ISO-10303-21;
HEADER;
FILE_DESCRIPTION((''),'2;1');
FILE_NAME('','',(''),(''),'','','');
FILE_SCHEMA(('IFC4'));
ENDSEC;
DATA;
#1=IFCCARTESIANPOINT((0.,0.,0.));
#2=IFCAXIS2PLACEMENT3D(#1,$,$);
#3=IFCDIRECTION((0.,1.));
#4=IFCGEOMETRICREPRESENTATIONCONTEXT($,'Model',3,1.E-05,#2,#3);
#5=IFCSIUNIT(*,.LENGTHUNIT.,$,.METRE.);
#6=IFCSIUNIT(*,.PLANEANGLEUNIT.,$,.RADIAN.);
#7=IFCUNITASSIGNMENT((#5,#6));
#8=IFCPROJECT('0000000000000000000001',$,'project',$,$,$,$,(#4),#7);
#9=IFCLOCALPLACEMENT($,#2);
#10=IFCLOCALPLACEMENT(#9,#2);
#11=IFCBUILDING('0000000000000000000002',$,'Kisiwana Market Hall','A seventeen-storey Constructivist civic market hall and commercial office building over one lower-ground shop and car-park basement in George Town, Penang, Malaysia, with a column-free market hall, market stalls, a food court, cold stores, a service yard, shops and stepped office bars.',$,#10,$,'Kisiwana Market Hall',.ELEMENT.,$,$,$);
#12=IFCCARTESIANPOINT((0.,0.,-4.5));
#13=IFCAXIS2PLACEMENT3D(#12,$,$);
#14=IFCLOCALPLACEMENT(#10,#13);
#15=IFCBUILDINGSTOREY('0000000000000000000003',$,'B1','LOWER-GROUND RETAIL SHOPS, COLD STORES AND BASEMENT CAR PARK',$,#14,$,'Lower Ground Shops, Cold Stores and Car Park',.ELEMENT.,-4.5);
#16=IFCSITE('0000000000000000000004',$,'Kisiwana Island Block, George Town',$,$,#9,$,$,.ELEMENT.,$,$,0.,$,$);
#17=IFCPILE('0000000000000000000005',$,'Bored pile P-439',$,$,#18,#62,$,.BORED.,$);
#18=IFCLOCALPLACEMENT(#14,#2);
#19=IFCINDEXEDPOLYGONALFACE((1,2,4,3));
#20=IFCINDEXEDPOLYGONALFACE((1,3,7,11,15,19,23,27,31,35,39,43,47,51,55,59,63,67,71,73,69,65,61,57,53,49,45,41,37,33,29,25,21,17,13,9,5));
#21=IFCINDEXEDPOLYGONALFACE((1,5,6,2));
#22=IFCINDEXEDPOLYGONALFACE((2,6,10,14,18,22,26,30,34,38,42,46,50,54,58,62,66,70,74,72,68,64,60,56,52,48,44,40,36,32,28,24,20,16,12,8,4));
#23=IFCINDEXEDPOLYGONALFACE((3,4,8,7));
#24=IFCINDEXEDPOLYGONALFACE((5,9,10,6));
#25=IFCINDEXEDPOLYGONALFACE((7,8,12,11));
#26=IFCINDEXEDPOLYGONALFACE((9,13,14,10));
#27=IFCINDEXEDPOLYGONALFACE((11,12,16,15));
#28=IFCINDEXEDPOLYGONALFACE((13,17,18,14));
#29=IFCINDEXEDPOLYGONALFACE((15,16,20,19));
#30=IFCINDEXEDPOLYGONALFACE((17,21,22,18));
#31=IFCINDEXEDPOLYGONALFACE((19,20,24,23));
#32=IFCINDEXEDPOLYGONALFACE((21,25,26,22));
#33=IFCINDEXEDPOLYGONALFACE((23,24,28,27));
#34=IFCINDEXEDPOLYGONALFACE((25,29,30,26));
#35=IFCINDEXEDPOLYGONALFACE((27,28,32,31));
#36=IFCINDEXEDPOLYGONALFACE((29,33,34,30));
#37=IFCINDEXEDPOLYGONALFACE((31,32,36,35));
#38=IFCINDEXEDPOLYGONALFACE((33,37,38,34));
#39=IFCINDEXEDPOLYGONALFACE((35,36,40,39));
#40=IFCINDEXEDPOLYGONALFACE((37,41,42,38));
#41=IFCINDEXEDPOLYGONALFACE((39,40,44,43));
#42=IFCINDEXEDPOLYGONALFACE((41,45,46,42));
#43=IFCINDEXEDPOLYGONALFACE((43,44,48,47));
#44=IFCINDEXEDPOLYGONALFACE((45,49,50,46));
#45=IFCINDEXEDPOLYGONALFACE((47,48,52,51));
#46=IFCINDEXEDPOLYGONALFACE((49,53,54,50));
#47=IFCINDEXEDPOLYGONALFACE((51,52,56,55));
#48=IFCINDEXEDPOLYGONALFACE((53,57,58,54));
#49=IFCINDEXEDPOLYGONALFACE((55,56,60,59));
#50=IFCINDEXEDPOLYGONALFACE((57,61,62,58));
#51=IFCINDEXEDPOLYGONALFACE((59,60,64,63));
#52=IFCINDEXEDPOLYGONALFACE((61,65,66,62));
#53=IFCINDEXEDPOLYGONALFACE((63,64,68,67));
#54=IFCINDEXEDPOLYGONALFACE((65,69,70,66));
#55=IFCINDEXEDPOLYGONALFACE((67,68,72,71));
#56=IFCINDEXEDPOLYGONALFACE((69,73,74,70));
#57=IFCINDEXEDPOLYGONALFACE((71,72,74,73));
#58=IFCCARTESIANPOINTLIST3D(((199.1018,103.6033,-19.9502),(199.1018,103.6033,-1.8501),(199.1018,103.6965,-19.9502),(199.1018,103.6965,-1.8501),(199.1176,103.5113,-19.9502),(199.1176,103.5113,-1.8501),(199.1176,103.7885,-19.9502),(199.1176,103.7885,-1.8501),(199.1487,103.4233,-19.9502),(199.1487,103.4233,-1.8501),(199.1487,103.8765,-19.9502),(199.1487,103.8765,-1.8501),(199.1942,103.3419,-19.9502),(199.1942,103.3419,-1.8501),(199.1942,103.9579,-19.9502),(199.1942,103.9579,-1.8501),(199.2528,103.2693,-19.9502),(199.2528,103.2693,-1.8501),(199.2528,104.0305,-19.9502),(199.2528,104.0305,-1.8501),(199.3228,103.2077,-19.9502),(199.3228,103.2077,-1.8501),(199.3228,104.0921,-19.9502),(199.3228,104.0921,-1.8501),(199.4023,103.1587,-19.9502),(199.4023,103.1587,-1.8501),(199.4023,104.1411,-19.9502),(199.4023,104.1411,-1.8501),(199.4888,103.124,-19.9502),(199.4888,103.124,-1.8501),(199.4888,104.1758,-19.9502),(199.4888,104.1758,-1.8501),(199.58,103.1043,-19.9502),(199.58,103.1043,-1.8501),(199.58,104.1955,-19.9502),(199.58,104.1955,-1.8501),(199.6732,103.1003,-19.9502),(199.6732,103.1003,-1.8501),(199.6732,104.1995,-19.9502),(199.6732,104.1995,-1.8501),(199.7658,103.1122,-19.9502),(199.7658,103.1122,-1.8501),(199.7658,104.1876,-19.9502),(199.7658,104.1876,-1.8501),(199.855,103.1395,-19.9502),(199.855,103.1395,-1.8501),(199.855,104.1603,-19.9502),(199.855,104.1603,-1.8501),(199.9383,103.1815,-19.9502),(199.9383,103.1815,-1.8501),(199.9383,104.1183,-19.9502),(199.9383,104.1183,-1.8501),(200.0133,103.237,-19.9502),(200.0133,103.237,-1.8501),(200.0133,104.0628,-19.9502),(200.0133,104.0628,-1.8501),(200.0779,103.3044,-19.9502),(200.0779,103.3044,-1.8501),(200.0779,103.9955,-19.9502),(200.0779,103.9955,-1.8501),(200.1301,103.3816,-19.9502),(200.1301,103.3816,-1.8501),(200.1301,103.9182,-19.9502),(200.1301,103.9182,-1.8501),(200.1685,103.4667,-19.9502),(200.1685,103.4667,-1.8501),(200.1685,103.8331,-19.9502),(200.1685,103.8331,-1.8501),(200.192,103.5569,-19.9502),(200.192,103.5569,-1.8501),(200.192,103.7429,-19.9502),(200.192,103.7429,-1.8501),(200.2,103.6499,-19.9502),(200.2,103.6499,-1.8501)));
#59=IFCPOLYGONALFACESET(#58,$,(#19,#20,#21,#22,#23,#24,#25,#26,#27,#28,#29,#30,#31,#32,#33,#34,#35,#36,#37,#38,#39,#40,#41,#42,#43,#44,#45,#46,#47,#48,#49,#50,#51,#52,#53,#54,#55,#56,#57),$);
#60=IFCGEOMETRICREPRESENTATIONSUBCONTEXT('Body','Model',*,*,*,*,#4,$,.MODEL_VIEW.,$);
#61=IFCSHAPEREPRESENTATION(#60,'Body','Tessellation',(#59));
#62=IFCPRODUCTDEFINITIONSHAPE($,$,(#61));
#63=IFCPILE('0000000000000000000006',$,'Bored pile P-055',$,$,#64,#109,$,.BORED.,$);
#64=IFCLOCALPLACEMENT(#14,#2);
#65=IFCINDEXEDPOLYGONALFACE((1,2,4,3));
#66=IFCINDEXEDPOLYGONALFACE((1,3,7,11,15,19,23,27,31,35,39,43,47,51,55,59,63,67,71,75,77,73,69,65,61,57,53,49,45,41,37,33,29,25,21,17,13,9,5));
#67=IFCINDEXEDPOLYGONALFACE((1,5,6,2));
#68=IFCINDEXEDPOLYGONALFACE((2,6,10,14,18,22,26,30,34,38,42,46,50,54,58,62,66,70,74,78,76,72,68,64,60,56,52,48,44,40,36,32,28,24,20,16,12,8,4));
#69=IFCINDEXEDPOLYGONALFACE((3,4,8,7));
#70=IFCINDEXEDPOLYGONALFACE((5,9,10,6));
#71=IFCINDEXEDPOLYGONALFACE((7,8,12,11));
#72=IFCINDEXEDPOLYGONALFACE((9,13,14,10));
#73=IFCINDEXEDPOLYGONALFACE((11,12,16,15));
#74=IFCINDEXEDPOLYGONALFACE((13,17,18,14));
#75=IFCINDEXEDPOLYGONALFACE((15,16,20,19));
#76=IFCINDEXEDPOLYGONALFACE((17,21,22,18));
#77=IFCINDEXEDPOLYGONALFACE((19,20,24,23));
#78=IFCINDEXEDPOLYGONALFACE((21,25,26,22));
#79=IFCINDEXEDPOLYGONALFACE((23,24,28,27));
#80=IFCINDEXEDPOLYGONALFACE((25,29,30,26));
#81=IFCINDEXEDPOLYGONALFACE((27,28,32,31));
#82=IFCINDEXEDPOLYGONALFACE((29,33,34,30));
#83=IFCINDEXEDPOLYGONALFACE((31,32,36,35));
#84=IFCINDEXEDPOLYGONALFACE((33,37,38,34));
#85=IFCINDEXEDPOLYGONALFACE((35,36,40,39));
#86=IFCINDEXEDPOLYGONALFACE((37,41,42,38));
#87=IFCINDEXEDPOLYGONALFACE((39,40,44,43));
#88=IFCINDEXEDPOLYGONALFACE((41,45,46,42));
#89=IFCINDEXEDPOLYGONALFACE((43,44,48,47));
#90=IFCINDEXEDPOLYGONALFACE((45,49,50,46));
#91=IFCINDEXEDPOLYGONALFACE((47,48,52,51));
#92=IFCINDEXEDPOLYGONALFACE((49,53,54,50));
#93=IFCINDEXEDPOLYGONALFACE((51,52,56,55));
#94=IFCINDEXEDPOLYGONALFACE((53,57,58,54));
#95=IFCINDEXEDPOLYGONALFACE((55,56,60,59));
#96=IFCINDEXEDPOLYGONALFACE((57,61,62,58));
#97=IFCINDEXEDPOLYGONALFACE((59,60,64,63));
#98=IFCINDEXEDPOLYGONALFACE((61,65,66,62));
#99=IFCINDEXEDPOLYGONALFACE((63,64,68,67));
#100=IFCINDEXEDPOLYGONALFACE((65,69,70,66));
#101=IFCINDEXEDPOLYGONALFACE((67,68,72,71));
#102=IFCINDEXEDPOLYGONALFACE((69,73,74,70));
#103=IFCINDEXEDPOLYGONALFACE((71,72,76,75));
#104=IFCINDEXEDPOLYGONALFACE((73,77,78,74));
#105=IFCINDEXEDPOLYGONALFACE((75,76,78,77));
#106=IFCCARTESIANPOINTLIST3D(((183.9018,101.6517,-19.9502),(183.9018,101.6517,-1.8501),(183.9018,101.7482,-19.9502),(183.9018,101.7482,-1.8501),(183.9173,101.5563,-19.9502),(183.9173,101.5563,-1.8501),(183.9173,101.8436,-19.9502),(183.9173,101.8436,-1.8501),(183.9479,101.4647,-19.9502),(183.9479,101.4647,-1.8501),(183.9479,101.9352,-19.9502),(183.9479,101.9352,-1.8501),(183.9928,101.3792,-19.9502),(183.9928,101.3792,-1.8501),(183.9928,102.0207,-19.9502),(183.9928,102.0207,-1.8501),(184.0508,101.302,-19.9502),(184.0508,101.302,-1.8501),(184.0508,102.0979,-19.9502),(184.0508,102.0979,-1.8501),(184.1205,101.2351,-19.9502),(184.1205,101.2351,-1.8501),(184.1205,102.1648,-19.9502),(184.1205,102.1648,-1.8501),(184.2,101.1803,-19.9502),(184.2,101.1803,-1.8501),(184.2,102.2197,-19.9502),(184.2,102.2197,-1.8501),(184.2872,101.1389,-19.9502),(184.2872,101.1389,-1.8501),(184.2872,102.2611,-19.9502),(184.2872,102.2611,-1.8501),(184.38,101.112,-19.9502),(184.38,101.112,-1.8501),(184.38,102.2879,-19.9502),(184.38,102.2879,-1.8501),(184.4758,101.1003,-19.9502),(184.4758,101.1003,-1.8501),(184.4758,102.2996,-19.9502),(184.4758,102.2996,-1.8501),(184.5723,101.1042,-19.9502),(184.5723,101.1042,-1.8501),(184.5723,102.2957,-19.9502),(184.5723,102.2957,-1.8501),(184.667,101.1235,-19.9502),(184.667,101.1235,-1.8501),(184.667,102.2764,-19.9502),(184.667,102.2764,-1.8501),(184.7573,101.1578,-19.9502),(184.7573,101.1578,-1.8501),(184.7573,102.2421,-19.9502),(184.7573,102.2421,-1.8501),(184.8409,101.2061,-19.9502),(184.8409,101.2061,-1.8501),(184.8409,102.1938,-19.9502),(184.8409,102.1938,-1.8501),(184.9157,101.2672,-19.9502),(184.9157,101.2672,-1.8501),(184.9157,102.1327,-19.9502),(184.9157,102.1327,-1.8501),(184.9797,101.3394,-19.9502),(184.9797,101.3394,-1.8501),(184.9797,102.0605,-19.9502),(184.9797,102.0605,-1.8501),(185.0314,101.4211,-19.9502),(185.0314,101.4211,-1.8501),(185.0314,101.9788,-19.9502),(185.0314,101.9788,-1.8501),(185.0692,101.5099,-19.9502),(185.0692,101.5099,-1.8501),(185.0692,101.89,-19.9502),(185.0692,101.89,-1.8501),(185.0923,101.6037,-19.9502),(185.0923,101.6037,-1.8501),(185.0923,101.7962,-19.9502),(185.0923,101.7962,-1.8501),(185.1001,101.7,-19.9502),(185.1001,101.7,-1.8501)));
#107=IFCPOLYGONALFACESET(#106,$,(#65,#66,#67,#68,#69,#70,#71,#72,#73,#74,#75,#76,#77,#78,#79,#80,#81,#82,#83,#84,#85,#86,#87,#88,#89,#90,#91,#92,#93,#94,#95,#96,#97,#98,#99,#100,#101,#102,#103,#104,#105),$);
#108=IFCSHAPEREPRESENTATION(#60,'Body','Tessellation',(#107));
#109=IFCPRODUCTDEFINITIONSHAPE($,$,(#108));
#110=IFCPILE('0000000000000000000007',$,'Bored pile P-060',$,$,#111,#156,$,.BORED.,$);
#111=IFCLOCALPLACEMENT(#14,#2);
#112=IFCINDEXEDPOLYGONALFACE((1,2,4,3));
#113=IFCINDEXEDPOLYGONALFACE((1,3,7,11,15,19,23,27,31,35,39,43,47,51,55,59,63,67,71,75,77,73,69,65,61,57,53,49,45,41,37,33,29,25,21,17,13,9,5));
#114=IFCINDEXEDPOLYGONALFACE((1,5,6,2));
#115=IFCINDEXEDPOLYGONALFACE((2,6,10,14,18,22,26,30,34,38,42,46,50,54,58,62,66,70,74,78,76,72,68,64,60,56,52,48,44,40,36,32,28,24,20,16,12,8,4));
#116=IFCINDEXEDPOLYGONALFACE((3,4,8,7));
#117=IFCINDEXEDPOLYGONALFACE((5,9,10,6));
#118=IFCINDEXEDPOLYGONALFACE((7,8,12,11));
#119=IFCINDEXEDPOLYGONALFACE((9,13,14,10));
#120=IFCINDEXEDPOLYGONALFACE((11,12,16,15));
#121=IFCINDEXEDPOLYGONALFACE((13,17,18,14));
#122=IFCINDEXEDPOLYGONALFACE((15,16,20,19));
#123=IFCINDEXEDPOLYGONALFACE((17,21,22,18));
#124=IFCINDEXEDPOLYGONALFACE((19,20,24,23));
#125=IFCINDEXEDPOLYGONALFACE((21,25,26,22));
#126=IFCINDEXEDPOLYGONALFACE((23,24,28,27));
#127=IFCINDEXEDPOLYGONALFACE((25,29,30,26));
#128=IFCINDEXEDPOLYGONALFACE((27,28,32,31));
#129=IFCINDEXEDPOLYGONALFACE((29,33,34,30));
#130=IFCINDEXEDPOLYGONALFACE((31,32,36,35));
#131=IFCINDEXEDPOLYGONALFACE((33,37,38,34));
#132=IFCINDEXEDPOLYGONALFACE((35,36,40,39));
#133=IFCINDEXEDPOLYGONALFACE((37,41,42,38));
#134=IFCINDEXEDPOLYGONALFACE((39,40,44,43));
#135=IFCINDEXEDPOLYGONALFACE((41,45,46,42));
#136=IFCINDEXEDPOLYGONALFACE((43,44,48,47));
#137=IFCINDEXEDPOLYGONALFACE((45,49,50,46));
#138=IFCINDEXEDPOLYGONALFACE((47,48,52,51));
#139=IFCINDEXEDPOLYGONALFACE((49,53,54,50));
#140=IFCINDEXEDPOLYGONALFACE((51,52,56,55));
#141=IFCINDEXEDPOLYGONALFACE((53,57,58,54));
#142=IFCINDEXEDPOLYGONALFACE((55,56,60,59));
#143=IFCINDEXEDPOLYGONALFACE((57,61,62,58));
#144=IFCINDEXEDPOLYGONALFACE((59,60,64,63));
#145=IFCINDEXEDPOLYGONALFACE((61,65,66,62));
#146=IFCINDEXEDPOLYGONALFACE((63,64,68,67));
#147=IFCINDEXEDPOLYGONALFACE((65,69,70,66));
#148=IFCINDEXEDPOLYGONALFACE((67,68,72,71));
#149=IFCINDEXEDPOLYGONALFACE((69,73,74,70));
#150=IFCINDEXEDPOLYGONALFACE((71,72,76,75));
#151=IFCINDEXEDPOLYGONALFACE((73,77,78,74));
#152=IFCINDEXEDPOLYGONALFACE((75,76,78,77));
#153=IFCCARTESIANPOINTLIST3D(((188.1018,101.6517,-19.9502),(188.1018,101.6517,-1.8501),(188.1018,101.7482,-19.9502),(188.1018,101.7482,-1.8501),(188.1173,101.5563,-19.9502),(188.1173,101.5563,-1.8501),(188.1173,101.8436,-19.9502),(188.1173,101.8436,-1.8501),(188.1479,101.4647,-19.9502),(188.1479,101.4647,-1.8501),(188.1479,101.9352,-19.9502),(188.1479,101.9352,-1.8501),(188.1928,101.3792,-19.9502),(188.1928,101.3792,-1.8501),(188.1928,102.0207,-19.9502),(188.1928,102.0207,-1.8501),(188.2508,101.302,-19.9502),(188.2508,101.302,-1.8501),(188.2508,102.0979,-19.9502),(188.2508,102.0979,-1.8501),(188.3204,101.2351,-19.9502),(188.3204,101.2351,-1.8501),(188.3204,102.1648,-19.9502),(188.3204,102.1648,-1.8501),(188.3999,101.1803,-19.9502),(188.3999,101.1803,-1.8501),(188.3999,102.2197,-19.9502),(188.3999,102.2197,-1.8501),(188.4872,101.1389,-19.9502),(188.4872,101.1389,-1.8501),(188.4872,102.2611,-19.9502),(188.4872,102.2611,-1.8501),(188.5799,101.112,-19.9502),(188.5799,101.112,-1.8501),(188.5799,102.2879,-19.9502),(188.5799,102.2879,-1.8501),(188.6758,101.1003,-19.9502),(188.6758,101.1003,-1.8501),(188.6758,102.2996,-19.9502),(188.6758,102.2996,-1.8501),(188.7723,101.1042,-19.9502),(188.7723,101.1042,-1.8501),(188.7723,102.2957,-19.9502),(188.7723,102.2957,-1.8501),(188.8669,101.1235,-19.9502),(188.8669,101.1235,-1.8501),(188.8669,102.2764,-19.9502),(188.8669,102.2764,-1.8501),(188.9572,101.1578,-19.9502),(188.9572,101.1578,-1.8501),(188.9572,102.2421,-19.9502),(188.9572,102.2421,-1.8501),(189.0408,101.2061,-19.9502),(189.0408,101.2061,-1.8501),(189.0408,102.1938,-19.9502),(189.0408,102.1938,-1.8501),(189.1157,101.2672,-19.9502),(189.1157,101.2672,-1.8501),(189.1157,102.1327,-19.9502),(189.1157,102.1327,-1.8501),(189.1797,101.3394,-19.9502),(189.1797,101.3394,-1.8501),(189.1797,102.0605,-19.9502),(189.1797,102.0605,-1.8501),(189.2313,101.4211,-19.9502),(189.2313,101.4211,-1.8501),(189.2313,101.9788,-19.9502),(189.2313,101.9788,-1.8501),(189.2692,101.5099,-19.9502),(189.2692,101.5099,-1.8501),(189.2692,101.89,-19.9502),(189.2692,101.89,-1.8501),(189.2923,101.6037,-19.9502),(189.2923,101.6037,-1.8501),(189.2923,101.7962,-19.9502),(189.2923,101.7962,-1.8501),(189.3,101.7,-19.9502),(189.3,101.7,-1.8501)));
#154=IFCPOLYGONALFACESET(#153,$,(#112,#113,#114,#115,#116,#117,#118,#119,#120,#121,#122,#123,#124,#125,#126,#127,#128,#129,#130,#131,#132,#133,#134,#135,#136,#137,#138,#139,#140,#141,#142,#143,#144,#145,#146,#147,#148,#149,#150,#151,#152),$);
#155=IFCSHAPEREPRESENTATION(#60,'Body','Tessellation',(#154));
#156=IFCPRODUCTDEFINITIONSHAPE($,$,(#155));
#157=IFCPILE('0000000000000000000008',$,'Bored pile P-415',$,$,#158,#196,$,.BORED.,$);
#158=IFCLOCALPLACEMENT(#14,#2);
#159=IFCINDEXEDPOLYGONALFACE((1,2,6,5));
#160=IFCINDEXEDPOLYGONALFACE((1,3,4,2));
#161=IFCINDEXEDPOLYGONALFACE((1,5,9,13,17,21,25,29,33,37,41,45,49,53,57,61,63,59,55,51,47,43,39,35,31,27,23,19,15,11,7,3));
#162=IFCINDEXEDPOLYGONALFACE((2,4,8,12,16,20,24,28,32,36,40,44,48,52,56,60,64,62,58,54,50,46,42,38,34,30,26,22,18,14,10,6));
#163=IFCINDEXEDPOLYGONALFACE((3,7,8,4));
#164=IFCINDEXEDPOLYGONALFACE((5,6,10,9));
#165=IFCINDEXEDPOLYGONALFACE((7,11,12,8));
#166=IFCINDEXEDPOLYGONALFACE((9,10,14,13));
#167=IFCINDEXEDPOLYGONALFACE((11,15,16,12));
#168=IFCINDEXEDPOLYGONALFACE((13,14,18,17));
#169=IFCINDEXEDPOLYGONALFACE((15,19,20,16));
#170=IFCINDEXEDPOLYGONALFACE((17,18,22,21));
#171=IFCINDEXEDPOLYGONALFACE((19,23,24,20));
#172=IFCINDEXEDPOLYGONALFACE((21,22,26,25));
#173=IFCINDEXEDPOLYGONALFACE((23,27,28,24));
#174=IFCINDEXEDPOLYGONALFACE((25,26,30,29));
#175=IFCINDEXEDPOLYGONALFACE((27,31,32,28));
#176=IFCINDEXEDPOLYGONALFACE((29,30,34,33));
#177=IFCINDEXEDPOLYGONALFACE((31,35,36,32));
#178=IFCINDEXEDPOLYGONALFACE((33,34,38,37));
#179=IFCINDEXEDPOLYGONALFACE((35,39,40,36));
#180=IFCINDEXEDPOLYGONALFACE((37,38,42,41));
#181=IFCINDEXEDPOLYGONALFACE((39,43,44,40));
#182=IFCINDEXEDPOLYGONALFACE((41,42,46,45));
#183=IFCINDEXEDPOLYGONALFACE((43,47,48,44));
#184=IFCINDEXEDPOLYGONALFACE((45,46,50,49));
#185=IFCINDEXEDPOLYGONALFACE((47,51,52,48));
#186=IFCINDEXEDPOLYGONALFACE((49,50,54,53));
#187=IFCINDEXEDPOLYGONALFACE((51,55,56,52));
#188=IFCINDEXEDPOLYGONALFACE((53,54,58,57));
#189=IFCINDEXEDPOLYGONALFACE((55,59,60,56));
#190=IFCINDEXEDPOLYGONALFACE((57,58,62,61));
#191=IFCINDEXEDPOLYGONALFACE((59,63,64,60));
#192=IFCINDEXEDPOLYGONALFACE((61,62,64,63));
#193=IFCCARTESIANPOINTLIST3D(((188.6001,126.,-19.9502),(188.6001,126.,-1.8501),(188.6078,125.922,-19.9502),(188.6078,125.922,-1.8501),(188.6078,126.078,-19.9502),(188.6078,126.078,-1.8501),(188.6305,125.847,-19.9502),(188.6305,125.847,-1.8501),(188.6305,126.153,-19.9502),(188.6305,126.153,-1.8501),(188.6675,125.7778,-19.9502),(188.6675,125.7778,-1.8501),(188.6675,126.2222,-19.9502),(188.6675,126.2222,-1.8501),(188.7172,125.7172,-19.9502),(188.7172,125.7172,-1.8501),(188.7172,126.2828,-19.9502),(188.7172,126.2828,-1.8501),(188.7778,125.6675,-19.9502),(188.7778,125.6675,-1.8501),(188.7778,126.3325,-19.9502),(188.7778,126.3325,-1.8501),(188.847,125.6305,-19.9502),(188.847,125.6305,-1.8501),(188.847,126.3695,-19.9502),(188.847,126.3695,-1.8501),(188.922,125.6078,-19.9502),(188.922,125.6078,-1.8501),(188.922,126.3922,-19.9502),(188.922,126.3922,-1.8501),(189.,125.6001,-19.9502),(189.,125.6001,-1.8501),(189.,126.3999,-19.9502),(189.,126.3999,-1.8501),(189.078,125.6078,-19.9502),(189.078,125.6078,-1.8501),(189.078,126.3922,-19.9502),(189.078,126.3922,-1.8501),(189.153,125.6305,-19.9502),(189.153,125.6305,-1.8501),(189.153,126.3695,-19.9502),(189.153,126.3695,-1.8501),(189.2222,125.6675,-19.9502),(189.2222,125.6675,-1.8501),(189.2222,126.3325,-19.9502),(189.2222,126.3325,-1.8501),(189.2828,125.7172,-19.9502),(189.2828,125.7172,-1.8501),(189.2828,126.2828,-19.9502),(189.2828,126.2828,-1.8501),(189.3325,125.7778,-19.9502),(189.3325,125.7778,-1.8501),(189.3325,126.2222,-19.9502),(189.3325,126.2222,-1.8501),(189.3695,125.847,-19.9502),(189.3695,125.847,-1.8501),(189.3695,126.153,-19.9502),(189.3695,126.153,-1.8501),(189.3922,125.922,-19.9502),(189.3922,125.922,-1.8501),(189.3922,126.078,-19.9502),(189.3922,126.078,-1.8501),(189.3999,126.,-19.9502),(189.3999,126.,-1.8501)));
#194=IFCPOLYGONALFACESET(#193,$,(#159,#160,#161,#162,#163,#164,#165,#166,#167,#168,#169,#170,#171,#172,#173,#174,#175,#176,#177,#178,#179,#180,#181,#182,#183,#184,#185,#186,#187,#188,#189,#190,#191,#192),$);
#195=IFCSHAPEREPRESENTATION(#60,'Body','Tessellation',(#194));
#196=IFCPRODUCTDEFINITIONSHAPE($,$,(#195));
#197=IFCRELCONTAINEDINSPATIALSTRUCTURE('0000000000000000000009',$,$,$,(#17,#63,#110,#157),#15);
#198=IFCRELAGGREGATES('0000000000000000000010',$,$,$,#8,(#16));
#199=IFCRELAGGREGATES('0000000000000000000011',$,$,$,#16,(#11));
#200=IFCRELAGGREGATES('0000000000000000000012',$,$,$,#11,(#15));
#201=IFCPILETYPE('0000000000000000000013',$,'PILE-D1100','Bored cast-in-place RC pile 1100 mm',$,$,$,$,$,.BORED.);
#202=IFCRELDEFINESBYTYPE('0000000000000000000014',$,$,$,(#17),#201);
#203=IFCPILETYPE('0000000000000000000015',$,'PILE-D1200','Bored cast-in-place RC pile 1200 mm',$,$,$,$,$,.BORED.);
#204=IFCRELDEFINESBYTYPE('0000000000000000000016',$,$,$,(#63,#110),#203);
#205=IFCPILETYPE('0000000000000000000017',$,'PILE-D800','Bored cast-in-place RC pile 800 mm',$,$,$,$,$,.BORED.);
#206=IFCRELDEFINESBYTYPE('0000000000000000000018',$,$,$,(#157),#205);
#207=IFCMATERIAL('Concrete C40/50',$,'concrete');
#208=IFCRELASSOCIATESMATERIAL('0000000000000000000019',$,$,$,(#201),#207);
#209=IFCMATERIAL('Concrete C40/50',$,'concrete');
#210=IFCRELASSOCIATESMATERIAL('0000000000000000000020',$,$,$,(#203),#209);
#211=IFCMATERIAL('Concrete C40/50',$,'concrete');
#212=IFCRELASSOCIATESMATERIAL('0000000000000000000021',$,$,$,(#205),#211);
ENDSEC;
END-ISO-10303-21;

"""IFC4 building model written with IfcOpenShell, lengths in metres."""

from ifc_helpers import new_model, si_unit, direction, frame, origin, origin_2d, place, context, subcontext, project, spatial, circle, extrude, material, material_profile, profile_set, type_object, element, save


model = new_model("IFC4")

# Units and contexts
model_context = context("Model", 3, precision=1e-05, world=origin(), true_north=direction((0.0, 1.0)))
body_context = subcontext(model_context, "Body", "Model", "MODEL_VIEW")
ifc_project = project(units=[si_unit("LENGTHUNIT", "METRE"), si_unit("PLANEANGLEUNIT", "RADIAN")], contexts=[model_context])

# Site, building, storey
site_placement = place(None, origin())
site = spatial("IfcSite", under=ifc_project, at=site_placement, Name="Kisiwana Island Block, George Town", CompositionType="ELEMENT", RefElevation=0.0)
building_placement = place(site_placement, origin())
building = spatial("IfcBuilding", under=site, at=building_placement, Name="Kisiwana Market Hall", Description="A seventeen-storey Constructivist civic market hall and commercial office building over one lower-ground shop and car-park basement in George Town, Penang, Malaysia, with a column-free market hall, market stalls, a food court, cold stores, a service yard, shops and stepped office bars.", LongName="Kisiwana Market Hall", CompositionType="ELEMENT")
storey_placement = place(building_placement, frame((0.0, 0.0, -4.5)))
storey = spatial("IfcBuildingStorey", under=building, at=storey_placement, Name="B1", Description="LOWER-GROUND RETAIL SHOPS, COLD STORES AND BASEMENT CAR PARK", LongName="Lower Ground Shops, Cold Stores and Car Park", CompositionType="ELEMENT", Elevation=-4.5)

# Piles
ifc_material_1 = material(Name="Concrete C40/50", Category="concrete")
ifc_material_profile_1 = material_profile(ifc_material_1, circle(Radius=0.55, at=origin_2d()), Name="BP D1100")
ifc_profile_set_1 = profile_set([ifc_material_profile_1], Name="Concrete C40/50")
pile_type_1 = type_object("IfcPileType", Name="PILE-D1100", Description="Bored cast-in-place RC pile 1100 mm", PredefinedType="BORED", material=ifc_profile_set_1)
for number, where, z_axis, x_axis, name in (
    (1, (199.6499, 103.6499, -1.8501), (0.0, 0.0, -1.0), (1.0, 0.0, 0.0), "Bored pile P-439"),
):
    element("IfcPile", number, at=place(storey_placement, frame(where, z_axis=z_axis, x_axis=x_axis)), inside=storey, type_object=pile_type_1, Name=name, PredefinedType="BORED", context=body_context, shape_type="SweptSolid", body=[
        extrude(circle(Radius=0.55, at=origin_2d()), origin(), (0.0, 0.0, 1.0), 18.1001),
    ])
ifc_material_2 = material(Name="Concrete C40/50", Category="concrete")
ifc_material_profile_2 = material_profile(ifc_material_2, circle(Radius=0.6001, at=origin_2d()), Name="BP D1200")
ifc_profile_set_2 = profile_set([ifc_material_profile_2], Name="Concrete C40/50")
pile_type_2 = type_object("IfcPileType", Name="PILE-D1200", Description="Bored cast-in-place RC pile 1200 mm", PredefinedType="BORED", material=ifc_profile_set_2)
for number, where, z_axis, x_axis, name in (
    (2, (184.5, 101.7, -1.8501), (0.0, 0.0, -1.0), (1.0, 0.0, 0.0), "Bored pile P-055"),
    (3, (188.7, 101.7, -1.8501), (0.0, 0.0, -1.0), (1.0, 0.0, 0.0), "Bored pile P-060"),
):
    element("IfcPile", number, at=place(storey_placement, frame(where, z_axis=z_axis, x_axis=x_axis)), inside=storey, type_object=pile_type_2, Name=name, PredefinedType="BORED", context=body_context, shape_type="SweptSolid", body=[
        extrude(circle(Radius=0.6001, at=origin_2d()), origin(), (0.0, 0.0, 1.0), 18.1001),
    ])
ifc_material_3 = material(Name="Concrete C40/50", Category="concrete")
ifc_material_profile_3 = material_profile(ifc_material_3, circle(Radius=0.3999, at=origin_2d()), Name="BP D800")
ifc_profile_set_3 = profile_set([ifc_material_profile_3], Name="Concrete C40/50")
pile_type_3 = type_object("IfcPileType", Name="PILE-D800", Description="Bored cast-in-place RC pile 800 mm", PredefinedType="BORED", material=ifc_profile_set_3)
for number, where, z_axis, x_axis, name in (
    (4, (189.0, 126.0, -1.8501), (0.0, 0.0, -1.0), (1.0, 0.0, 0.0), "Bored pile P-415"),
):
    element("IfcPile", number, at=place(storey_placement, frame(where, z_axis=z_axis, x_axis=x_axis)), inside=storey, type_object=pile_type_3, Name=name, PredefinedType="BORED", context=body_context, shape_type="SweptSolid", body=[
        extrude(circle(Radius=0.3999, at=origin_2d()), origin(), (0.0, 0.0, 1.0), 18.1001),
    ])

save(model, "model.ifc")
